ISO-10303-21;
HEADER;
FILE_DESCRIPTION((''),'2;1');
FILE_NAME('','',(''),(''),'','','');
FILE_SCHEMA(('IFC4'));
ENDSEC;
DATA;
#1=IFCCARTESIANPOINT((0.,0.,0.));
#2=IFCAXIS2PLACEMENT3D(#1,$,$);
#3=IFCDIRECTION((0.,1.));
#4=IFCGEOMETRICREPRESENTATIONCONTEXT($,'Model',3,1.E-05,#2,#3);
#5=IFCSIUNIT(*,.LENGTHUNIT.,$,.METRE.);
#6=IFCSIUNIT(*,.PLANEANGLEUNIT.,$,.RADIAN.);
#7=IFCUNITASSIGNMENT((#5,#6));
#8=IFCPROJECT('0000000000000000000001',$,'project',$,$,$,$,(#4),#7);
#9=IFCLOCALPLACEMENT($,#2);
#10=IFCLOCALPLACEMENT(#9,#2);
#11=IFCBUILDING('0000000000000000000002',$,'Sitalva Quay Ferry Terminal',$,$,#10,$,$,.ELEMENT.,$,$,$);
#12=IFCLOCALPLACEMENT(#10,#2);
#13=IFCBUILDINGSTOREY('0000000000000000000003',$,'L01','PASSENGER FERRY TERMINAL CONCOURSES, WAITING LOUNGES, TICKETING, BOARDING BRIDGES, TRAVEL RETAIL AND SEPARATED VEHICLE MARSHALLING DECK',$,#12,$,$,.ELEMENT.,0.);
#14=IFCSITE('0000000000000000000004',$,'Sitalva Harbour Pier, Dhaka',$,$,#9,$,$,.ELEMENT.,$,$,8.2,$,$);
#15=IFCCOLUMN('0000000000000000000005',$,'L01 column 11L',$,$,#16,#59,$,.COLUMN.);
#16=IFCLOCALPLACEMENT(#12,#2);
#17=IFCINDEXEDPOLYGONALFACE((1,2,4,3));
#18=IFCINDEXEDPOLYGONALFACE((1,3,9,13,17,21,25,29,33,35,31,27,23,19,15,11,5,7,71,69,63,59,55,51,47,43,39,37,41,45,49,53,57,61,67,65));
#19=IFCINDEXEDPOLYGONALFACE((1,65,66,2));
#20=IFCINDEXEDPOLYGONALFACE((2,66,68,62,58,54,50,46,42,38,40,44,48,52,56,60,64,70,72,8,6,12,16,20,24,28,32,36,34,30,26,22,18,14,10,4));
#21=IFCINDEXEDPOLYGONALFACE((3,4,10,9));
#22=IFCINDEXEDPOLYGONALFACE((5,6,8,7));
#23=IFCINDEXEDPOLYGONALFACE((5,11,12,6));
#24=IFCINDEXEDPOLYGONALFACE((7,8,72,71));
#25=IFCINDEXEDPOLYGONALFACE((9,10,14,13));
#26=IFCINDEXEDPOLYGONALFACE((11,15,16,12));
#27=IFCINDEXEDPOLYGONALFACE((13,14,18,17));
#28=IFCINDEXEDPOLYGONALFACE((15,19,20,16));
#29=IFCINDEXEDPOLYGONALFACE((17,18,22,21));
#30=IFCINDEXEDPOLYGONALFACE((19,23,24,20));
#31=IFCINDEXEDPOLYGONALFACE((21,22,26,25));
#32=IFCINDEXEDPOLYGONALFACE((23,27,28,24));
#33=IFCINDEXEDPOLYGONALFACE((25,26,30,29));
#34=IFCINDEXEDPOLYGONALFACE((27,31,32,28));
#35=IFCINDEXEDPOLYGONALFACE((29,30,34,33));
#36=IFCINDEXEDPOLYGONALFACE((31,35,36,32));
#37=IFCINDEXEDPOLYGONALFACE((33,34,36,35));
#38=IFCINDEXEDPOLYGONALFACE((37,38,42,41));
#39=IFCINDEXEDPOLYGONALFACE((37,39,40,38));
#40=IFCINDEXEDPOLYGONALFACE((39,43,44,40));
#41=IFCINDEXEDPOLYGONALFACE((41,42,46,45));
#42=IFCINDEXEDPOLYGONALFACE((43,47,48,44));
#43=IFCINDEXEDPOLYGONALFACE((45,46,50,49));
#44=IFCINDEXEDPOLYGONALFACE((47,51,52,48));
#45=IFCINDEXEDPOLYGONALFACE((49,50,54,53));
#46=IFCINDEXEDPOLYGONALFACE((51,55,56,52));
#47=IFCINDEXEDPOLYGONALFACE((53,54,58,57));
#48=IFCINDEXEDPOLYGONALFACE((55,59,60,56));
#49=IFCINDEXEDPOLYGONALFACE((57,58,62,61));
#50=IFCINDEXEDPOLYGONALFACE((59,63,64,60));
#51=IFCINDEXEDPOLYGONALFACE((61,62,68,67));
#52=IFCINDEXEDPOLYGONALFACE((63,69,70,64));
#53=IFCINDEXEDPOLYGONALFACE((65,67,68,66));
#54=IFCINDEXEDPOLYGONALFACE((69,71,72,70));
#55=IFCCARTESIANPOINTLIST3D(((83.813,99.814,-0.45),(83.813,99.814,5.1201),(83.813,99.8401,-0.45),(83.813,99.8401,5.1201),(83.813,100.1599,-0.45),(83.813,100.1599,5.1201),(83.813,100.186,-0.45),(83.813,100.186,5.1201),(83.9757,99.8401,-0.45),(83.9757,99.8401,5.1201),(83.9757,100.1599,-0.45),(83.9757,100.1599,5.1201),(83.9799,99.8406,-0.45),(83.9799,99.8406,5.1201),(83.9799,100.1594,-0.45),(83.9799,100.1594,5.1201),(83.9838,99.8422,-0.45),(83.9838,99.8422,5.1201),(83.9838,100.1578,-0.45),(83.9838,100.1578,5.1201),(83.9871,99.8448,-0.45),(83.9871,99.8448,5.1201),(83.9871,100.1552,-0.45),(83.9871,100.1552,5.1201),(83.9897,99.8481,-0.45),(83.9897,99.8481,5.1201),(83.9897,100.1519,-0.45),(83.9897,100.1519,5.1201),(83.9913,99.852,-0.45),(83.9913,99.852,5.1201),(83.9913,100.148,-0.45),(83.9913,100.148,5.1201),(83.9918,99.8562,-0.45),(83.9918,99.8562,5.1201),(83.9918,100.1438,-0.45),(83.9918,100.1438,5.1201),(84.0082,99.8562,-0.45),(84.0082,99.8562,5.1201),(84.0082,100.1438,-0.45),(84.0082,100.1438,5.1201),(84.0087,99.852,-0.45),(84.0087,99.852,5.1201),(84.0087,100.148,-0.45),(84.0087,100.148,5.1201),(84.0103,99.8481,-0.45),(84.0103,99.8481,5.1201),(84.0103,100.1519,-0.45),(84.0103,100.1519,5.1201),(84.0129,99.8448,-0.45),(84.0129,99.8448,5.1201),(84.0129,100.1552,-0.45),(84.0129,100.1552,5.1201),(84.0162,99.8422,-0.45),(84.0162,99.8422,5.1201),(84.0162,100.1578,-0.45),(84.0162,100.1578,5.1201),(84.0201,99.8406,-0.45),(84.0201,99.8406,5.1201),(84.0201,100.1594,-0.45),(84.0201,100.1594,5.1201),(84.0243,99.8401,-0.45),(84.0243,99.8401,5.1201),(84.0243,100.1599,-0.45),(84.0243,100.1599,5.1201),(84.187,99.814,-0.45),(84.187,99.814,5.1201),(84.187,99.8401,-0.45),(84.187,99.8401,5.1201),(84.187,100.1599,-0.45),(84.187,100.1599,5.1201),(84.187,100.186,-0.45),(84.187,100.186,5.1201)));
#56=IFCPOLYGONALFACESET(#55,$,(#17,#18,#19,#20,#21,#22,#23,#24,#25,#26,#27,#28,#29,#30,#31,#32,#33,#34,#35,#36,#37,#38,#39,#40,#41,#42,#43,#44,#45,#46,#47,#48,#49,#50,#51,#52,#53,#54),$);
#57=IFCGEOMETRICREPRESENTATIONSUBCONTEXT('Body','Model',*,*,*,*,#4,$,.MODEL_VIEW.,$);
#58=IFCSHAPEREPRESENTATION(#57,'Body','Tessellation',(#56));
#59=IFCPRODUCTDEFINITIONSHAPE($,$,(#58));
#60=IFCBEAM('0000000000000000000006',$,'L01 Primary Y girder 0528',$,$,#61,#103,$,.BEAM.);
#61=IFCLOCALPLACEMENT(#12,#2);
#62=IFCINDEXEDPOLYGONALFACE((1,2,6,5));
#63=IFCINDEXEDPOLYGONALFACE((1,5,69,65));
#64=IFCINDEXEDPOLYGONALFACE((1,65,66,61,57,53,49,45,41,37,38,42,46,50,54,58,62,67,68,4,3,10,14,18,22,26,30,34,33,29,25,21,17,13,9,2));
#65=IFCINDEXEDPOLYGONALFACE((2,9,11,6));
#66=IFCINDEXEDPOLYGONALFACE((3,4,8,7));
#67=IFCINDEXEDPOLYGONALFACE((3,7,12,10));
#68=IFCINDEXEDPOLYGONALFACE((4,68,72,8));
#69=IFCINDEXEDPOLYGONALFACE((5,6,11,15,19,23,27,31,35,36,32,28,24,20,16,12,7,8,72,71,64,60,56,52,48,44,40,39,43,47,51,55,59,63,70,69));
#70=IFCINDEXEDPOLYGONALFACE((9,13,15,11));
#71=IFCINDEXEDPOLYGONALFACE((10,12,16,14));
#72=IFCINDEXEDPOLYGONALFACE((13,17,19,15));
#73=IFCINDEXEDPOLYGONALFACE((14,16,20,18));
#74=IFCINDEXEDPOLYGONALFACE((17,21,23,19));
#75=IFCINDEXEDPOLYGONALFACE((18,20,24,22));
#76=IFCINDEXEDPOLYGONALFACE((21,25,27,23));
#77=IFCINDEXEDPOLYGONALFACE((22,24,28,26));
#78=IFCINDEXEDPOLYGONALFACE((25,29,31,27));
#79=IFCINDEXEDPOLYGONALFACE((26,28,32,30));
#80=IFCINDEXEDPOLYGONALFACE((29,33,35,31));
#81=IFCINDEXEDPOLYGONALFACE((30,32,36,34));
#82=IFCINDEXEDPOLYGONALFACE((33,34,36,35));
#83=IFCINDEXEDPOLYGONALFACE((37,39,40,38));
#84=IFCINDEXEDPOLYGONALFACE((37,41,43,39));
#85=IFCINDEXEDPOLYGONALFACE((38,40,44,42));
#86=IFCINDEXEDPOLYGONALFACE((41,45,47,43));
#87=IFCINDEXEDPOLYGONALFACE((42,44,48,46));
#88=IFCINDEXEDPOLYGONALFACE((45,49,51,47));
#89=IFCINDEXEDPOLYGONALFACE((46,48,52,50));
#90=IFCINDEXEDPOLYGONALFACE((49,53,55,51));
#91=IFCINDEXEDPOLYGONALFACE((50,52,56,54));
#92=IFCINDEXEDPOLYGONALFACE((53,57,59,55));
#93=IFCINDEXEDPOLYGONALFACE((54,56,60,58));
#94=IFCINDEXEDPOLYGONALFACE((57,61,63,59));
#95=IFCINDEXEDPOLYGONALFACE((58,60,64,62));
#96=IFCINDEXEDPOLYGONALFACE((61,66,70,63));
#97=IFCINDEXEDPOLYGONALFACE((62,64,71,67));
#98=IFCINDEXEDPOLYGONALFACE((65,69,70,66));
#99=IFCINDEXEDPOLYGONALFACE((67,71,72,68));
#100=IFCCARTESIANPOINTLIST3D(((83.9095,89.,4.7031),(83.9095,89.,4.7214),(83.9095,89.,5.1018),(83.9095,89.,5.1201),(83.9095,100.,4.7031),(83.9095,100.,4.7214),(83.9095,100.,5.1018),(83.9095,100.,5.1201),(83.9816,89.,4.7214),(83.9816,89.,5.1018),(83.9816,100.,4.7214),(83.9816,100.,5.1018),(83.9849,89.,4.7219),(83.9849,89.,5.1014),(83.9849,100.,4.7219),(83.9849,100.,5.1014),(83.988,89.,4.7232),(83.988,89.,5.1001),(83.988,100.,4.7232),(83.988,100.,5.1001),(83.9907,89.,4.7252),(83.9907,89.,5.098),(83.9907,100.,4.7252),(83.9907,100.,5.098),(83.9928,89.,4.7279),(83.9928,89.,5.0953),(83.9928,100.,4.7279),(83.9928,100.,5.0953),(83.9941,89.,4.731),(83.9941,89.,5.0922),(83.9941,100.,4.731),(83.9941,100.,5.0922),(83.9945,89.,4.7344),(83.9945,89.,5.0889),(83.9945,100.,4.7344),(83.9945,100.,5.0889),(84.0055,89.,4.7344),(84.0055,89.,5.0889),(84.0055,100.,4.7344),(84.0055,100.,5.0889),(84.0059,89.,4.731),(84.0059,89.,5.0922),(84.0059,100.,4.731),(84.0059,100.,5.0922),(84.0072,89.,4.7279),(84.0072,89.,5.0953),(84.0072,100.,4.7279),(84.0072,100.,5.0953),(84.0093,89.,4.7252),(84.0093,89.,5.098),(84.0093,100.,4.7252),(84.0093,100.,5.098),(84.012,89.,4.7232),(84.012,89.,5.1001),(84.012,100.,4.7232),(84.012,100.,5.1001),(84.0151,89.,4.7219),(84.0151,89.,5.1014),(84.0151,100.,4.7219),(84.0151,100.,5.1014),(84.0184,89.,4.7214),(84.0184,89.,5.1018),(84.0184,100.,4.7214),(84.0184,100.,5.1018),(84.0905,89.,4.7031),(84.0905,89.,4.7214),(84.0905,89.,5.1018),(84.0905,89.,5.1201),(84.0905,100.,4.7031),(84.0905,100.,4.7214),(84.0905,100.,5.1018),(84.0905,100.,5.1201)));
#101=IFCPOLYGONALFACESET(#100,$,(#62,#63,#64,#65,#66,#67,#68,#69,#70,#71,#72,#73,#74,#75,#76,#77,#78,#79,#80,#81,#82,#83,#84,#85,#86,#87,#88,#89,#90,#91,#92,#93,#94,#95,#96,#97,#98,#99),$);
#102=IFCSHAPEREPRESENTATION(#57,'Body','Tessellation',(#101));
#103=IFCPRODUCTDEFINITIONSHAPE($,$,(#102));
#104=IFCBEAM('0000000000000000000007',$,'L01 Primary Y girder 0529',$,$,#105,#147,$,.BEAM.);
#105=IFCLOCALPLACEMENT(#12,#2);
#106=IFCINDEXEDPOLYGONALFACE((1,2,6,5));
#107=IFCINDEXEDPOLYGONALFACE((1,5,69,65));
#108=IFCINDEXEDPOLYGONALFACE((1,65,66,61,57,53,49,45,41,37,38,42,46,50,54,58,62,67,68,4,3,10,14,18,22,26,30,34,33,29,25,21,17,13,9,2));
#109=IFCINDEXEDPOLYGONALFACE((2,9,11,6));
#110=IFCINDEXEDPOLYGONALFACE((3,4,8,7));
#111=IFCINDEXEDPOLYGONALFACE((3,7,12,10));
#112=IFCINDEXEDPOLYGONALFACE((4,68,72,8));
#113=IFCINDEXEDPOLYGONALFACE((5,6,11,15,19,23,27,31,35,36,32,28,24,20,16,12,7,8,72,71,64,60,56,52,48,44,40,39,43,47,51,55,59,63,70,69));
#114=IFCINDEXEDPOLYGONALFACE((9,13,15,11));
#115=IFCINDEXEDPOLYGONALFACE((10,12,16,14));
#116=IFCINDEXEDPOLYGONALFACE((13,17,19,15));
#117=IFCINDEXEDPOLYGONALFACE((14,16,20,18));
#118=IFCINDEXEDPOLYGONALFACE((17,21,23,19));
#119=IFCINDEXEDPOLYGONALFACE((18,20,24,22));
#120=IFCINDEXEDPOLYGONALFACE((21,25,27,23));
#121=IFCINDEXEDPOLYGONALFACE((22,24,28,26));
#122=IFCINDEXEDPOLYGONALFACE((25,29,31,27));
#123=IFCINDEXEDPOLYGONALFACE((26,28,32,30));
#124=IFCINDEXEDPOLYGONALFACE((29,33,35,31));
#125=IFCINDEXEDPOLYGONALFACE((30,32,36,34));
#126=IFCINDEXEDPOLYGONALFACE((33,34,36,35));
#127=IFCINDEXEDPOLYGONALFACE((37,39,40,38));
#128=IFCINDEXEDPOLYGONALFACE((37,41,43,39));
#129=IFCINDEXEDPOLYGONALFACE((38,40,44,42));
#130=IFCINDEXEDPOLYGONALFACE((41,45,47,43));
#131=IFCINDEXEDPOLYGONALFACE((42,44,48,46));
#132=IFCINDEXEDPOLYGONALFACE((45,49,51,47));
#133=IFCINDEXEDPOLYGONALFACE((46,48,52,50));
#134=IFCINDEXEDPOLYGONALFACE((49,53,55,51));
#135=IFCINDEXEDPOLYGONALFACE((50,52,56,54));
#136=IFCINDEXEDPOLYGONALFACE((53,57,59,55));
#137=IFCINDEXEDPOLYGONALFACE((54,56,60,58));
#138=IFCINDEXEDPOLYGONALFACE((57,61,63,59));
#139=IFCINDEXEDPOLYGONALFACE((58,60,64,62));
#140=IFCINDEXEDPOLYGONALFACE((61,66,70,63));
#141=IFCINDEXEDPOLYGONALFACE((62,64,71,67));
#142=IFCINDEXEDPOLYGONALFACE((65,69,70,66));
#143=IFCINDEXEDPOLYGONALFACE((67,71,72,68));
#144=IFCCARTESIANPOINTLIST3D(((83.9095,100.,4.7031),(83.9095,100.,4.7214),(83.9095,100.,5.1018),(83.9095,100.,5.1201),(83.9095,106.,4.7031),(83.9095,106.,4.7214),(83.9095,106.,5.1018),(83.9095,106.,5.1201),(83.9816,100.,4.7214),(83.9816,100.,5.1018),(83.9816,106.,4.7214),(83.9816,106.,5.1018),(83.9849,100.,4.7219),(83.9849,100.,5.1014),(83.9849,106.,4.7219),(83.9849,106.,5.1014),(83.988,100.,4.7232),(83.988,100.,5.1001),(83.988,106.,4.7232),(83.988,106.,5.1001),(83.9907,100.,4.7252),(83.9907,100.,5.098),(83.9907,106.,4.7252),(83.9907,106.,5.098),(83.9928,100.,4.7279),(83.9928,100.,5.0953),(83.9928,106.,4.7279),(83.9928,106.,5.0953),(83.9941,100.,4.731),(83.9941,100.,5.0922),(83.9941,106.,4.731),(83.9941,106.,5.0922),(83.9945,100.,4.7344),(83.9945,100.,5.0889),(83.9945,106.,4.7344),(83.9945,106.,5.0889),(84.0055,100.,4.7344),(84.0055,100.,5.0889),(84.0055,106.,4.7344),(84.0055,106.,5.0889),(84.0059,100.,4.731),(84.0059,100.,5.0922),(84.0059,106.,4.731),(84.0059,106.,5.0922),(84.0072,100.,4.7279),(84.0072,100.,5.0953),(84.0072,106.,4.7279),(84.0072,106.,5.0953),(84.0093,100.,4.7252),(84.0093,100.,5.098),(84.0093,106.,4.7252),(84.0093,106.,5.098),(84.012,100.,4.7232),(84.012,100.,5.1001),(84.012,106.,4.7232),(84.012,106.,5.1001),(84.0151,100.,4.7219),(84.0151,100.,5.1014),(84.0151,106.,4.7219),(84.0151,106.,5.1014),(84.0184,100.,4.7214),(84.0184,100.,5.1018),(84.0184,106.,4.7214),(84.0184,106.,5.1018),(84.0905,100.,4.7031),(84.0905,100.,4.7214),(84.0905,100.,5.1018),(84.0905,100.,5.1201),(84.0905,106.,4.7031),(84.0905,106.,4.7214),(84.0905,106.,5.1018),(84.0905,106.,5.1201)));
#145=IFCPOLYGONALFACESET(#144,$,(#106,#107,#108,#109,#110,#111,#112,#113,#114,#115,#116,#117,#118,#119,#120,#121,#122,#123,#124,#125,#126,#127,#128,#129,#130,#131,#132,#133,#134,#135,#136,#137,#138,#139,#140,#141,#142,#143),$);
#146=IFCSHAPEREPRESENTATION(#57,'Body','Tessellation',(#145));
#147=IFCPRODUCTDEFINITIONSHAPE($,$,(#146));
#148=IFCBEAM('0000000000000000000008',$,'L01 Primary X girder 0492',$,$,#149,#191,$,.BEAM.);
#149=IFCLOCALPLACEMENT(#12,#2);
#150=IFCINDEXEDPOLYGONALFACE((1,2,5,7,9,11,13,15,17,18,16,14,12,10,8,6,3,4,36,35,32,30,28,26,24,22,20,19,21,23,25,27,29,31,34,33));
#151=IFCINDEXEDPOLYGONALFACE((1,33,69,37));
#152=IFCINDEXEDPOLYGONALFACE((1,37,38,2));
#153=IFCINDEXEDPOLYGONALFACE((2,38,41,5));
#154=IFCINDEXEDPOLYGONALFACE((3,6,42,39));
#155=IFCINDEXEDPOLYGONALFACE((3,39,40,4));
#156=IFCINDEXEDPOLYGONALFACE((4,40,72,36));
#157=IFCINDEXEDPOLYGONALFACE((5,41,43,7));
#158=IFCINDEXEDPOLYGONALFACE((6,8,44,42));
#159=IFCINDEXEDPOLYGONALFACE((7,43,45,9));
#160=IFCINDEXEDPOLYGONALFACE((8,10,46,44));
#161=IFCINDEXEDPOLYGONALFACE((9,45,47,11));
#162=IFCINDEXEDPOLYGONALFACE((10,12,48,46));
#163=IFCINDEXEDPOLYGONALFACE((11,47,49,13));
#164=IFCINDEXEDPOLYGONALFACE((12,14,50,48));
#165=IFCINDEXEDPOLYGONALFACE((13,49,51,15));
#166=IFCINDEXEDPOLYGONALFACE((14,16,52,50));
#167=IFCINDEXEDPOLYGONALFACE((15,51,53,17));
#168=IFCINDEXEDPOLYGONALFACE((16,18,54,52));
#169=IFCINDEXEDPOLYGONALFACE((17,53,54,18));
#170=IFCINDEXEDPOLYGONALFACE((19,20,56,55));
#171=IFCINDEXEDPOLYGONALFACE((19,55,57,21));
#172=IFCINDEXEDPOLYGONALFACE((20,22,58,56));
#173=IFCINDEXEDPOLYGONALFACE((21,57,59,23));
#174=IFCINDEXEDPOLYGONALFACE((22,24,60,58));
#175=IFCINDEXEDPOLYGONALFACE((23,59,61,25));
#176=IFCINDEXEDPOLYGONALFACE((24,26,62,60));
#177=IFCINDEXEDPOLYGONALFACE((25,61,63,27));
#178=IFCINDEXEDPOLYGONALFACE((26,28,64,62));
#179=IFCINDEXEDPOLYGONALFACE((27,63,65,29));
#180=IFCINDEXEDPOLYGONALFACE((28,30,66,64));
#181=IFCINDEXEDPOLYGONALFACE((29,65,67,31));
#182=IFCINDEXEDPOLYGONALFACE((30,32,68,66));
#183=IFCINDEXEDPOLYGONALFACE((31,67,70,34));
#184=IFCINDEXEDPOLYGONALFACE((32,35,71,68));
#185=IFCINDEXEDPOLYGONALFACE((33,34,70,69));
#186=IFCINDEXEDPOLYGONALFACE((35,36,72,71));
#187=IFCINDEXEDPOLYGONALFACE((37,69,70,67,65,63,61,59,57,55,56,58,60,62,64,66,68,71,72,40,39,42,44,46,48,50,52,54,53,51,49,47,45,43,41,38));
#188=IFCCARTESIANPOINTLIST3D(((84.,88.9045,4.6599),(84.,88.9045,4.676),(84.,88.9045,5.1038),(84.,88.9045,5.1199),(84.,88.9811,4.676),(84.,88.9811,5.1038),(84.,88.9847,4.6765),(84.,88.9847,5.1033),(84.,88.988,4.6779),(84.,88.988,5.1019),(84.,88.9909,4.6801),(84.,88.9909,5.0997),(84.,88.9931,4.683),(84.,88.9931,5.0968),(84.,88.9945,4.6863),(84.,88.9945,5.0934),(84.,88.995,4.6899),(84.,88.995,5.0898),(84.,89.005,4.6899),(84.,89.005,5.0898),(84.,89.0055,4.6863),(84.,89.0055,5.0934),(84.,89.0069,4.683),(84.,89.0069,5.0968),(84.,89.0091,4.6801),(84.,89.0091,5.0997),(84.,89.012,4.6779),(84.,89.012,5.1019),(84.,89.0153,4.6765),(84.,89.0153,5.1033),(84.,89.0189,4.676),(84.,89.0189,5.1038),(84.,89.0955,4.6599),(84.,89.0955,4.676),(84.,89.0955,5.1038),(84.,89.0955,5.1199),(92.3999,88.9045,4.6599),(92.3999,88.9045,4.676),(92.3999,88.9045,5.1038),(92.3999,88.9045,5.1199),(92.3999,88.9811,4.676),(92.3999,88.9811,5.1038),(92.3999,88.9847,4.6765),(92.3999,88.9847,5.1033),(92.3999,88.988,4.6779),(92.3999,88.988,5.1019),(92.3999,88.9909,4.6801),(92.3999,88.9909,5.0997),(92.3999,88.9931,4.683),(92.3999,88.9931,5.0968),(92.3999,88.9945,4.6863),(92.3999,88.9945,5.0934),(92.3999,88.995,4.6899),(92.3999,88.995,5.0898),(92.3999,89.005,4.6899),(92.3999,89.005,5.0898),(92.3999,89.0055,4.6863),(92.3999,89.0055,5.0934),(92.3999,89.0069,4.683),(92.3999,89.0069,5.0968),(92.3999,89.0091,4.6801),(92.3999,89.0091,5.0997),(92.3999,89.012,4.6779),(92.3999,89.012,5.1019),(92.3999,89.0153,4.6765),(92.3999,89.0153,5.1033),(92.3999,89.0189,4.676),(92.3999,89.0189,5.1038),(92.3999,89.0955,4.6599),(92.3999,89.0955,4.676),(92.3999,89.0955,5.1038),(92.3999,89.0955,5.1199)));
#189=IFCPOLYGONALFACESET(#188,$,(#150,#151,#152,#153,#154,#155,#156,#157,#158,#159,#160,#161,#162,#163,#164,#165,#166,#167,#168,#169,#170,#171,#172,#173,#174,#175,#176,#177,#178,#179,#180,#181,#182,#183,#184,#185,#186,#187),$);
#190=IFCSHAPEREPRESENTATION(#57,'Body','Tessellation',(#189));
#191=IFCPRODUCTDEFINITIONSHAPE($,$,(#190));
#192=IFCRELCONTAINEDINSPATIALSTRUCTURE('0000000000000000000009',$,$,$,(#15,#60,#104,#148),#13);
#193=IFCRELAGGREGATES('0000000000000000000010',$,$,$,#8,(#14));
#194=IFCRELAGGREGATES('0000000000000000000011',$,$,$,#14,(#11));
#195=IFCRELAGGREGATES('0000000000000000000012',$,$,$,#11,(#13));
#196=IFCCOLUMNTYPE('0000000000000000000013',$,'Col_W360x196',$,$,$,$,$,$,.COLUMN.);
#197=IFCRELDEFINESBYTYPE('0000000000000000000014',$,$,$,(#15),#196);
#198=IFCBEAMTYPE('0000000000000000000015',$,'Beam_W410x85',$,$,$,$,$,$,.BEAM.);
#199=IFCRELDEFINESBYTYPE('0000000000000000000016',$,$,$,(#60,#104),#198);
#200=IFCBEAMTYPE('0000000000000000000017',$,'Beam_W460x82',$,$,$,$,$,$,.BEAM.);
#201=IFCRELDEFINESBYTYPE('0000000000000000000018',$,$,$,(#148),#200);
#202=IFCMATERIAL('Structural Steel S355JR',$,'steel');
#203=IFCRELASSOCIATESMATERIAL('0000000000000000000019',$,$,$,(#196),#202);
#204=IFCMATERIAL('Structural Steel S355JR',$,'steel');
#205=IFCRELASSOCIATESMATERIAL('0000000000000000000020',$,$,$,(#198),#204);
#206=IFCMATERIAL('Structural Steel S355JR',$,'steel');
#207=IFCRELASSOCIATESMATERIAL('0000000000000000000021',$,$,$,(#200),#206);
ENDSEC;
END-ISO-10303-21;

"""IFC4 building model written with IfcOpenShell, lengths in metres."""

from ifc_helpers import new_model, si_unit, direction, frame, origin, origin_2d, place, context, subcontext, project, spatial, i_section, extrude, material, material_profile, profile_set, type_object, element, save


model = new_model("IFC4")

# Units and contexts
model_context = context("Model", 3, precision=1e-05, world=origin(), true_north=direction((0.0, 1.0)))
body_context = subcontext(model_context, "Body", "Model", "MODEL_VIEW")
ifc_project = project(units=[si_unit("LENGTHUNIT", "METRE"), si_unit("PLANEANGLEUNIT", "RADIAN")], contexts=[model_context])

# Site, building, storey
site_placement = place(None, origin())
site = spatial("IfcSite", under=ifc_project, at=site_placement, Name="Sitalva Harbour Pier, Dhaka", CompositionType="ELEMENT", RefElevation=8.2)
building_placement = place(site_placement, origin())
building = spatial("IfcBuilding", under=site, at=building_placement, Name="Sitalva Quay Ferry Terminal", CompositionType="ELEMENT")
storey_placement = place(building_placement, origin())
storey = spatial("IfcBuildingStorey", under=building, at=storey_placement, Name="L01", Description="PASSENGER FERRY TERMINAL CONCOURSES, WAITING LOUNGES, TICKETING, BOARDING BRIDGES, TRAVEL RETAIL AND SEPARATED VEHICLE MARSHALLING DECK", CompositionType="ELEMENT", Elevation=0.0)

# Column
ifc_material_1 = material(Name="Structural Steel S355JR", Category="steel")
ifc_material_profile_1 = material_profile(ifc_material_1, i_section(OverallWidth=0.374, OverallDepth=0.3721, WebThickness=0.0164, FlangeThickness=0.0261, FilletRadius=0.0161, at=origin_2d()), Name="W360x196")
ifc_profile_set_1 = profile_set([ifc_material_profile_1], Name="Structural Steel S355JR")
column_type = type_object("IfcColumnType", Name="Col_W360x196", PredefinedType="COLUMN", material=ifc_profile_set_1)
for number, where, z_axis, x_axis, name in (
    (1, (84.0, 100.0, -0.45), (0.0, 0.0, 1.0), (1.0, 0.0, 0.0), "L01 column 11L"),
):
    element("IfcColumn", number, at=place(storey_placement, frame(where, z_axis=z_axis, x_axis=x_axis)), inside=storey, type_object=column_type, Name=name, PredefinedType="COLUMN", context=body_context, shape_type="SweptSolid", body=[
        extrude(i_section(OverallWidth=0.374, OverallDepth=0.3721, WebThickness=0.0164, FlangeThickness=0.0261, FilletRadius=0.0161, at=origin_2d()), origin(), (0.0, 0.0, 1.0), 5.5701),
    ])

# Beams
ifc_material_2 = material(Name="Structural Steel S355JR", Category="steel")
ifc_material_profile_2 = material_profile(ifc_material_2, i_section(OverallWidth=0.1809, OverallDepth=0.417, WebThickness=0.011, FlangeThickness=0.0183, FilletRadius=0.0129, at=origin_2d()), Name="W410x85")
ifc_profile_set_2 = profile_set([ifc_material_profile_2], Name="Structural Steel S355JR")
beam_type_1 = type_object("IfcBeamType", Name="Beam_W410x85", PredefinedType="BEAM", material=ifc_profile_set_2)
beam_1_placement = place(storey_placement, frame((84.0, 89.0, 4.9116), z_axis=(0.0, 1.0, 0.0), x_axis=(-1.0, 0.0, 0.0)))
element("IfcBeam", 2, at=beam_1_placement, inside=storey, type_object=beam_type_1, Name="L01 Primary Y girder 0528", PredefinedType="BEAM", context=body_context, shape_type="SweptSolid", body=[
    extrude(i_section(OverallWidth=0.1809, OverallDepth=0.417, WebThickness=0.011, FlangeThickness=0.0183, FilletRadius=0.0129, at=origin_2d()), origin(), (0.0, 0.0, 1.0), 11.0),
])
beam_2_placement = place(storey_placement, frame((84.0, 100.0, 4.9116), z_axis=(0.0, 1.0, 0.0), x_axis=(-1.0, 0.0, 0.0)))
element("IfcBeam", 3, at=beam_2_placement, inside=storey, type_object=beam_type_1, Name="L01 Primary Y girder 0529", PredefinedType="BEAM", context=body_context, shape_type="SweptSolid", body=[
    extrude(i_section(OverallWidth=0.1809, OverallDepth=0.417, WebThickness=0.011, FlangeThickness=0.0183, FilletRadius=0.0129, at=origin_2d()), origin(), (0.0, 0.0, 1.0), 6.0),
])
ifc_material_3 = material(Name="Structural Steel S355JR", Category="steel")
ifc_material_profile_3 = material_profile(ifc_material_3, i_section(OverallWidth=0.1909, OverallDepth=0.46, WebThickness=0.01, FlangeThickness=0.0161, FilletRadius=0.0139, at=origin_2d()), Name="W460x82")
ifc_profile_set_3 = profile_set([ifc_material_profile_3], Name="Structural Steel S355JR")
beam_type_2 = type_object("IfcBeamType", Name="Beam_W460x82", PredefinedType="BEAM", material=ifc_profile_set_3)
for number, where, z_axis, x_axis, name in (
    (4, (84.0, 89.0, 4.8899), (1.0, 0.0, 0.0), (0.0, 1.0, 0.0), "L01 Primary X girder 0492"),
):
    element("IfcBeam", number, at=place(storey_placement, frame(where, z_axis=z_axis, x_axis=x_axis)), inside=storey, type_object=beam_type_2, Name=name, PredefinedType="BEAM", context=body_context, shape_type="SweptSolid", body=[
        extrude(i_section(OverallWidth=0.1909, OverallDepth=0.46, WebThickness=0.01, FlangeThickness=0.0161, FilletRadius=0.0139, at=origin_2d()), origin(), (0.0, 0.0, 1.0), 8.3999),
    ])

save(model, "model.ifc")
